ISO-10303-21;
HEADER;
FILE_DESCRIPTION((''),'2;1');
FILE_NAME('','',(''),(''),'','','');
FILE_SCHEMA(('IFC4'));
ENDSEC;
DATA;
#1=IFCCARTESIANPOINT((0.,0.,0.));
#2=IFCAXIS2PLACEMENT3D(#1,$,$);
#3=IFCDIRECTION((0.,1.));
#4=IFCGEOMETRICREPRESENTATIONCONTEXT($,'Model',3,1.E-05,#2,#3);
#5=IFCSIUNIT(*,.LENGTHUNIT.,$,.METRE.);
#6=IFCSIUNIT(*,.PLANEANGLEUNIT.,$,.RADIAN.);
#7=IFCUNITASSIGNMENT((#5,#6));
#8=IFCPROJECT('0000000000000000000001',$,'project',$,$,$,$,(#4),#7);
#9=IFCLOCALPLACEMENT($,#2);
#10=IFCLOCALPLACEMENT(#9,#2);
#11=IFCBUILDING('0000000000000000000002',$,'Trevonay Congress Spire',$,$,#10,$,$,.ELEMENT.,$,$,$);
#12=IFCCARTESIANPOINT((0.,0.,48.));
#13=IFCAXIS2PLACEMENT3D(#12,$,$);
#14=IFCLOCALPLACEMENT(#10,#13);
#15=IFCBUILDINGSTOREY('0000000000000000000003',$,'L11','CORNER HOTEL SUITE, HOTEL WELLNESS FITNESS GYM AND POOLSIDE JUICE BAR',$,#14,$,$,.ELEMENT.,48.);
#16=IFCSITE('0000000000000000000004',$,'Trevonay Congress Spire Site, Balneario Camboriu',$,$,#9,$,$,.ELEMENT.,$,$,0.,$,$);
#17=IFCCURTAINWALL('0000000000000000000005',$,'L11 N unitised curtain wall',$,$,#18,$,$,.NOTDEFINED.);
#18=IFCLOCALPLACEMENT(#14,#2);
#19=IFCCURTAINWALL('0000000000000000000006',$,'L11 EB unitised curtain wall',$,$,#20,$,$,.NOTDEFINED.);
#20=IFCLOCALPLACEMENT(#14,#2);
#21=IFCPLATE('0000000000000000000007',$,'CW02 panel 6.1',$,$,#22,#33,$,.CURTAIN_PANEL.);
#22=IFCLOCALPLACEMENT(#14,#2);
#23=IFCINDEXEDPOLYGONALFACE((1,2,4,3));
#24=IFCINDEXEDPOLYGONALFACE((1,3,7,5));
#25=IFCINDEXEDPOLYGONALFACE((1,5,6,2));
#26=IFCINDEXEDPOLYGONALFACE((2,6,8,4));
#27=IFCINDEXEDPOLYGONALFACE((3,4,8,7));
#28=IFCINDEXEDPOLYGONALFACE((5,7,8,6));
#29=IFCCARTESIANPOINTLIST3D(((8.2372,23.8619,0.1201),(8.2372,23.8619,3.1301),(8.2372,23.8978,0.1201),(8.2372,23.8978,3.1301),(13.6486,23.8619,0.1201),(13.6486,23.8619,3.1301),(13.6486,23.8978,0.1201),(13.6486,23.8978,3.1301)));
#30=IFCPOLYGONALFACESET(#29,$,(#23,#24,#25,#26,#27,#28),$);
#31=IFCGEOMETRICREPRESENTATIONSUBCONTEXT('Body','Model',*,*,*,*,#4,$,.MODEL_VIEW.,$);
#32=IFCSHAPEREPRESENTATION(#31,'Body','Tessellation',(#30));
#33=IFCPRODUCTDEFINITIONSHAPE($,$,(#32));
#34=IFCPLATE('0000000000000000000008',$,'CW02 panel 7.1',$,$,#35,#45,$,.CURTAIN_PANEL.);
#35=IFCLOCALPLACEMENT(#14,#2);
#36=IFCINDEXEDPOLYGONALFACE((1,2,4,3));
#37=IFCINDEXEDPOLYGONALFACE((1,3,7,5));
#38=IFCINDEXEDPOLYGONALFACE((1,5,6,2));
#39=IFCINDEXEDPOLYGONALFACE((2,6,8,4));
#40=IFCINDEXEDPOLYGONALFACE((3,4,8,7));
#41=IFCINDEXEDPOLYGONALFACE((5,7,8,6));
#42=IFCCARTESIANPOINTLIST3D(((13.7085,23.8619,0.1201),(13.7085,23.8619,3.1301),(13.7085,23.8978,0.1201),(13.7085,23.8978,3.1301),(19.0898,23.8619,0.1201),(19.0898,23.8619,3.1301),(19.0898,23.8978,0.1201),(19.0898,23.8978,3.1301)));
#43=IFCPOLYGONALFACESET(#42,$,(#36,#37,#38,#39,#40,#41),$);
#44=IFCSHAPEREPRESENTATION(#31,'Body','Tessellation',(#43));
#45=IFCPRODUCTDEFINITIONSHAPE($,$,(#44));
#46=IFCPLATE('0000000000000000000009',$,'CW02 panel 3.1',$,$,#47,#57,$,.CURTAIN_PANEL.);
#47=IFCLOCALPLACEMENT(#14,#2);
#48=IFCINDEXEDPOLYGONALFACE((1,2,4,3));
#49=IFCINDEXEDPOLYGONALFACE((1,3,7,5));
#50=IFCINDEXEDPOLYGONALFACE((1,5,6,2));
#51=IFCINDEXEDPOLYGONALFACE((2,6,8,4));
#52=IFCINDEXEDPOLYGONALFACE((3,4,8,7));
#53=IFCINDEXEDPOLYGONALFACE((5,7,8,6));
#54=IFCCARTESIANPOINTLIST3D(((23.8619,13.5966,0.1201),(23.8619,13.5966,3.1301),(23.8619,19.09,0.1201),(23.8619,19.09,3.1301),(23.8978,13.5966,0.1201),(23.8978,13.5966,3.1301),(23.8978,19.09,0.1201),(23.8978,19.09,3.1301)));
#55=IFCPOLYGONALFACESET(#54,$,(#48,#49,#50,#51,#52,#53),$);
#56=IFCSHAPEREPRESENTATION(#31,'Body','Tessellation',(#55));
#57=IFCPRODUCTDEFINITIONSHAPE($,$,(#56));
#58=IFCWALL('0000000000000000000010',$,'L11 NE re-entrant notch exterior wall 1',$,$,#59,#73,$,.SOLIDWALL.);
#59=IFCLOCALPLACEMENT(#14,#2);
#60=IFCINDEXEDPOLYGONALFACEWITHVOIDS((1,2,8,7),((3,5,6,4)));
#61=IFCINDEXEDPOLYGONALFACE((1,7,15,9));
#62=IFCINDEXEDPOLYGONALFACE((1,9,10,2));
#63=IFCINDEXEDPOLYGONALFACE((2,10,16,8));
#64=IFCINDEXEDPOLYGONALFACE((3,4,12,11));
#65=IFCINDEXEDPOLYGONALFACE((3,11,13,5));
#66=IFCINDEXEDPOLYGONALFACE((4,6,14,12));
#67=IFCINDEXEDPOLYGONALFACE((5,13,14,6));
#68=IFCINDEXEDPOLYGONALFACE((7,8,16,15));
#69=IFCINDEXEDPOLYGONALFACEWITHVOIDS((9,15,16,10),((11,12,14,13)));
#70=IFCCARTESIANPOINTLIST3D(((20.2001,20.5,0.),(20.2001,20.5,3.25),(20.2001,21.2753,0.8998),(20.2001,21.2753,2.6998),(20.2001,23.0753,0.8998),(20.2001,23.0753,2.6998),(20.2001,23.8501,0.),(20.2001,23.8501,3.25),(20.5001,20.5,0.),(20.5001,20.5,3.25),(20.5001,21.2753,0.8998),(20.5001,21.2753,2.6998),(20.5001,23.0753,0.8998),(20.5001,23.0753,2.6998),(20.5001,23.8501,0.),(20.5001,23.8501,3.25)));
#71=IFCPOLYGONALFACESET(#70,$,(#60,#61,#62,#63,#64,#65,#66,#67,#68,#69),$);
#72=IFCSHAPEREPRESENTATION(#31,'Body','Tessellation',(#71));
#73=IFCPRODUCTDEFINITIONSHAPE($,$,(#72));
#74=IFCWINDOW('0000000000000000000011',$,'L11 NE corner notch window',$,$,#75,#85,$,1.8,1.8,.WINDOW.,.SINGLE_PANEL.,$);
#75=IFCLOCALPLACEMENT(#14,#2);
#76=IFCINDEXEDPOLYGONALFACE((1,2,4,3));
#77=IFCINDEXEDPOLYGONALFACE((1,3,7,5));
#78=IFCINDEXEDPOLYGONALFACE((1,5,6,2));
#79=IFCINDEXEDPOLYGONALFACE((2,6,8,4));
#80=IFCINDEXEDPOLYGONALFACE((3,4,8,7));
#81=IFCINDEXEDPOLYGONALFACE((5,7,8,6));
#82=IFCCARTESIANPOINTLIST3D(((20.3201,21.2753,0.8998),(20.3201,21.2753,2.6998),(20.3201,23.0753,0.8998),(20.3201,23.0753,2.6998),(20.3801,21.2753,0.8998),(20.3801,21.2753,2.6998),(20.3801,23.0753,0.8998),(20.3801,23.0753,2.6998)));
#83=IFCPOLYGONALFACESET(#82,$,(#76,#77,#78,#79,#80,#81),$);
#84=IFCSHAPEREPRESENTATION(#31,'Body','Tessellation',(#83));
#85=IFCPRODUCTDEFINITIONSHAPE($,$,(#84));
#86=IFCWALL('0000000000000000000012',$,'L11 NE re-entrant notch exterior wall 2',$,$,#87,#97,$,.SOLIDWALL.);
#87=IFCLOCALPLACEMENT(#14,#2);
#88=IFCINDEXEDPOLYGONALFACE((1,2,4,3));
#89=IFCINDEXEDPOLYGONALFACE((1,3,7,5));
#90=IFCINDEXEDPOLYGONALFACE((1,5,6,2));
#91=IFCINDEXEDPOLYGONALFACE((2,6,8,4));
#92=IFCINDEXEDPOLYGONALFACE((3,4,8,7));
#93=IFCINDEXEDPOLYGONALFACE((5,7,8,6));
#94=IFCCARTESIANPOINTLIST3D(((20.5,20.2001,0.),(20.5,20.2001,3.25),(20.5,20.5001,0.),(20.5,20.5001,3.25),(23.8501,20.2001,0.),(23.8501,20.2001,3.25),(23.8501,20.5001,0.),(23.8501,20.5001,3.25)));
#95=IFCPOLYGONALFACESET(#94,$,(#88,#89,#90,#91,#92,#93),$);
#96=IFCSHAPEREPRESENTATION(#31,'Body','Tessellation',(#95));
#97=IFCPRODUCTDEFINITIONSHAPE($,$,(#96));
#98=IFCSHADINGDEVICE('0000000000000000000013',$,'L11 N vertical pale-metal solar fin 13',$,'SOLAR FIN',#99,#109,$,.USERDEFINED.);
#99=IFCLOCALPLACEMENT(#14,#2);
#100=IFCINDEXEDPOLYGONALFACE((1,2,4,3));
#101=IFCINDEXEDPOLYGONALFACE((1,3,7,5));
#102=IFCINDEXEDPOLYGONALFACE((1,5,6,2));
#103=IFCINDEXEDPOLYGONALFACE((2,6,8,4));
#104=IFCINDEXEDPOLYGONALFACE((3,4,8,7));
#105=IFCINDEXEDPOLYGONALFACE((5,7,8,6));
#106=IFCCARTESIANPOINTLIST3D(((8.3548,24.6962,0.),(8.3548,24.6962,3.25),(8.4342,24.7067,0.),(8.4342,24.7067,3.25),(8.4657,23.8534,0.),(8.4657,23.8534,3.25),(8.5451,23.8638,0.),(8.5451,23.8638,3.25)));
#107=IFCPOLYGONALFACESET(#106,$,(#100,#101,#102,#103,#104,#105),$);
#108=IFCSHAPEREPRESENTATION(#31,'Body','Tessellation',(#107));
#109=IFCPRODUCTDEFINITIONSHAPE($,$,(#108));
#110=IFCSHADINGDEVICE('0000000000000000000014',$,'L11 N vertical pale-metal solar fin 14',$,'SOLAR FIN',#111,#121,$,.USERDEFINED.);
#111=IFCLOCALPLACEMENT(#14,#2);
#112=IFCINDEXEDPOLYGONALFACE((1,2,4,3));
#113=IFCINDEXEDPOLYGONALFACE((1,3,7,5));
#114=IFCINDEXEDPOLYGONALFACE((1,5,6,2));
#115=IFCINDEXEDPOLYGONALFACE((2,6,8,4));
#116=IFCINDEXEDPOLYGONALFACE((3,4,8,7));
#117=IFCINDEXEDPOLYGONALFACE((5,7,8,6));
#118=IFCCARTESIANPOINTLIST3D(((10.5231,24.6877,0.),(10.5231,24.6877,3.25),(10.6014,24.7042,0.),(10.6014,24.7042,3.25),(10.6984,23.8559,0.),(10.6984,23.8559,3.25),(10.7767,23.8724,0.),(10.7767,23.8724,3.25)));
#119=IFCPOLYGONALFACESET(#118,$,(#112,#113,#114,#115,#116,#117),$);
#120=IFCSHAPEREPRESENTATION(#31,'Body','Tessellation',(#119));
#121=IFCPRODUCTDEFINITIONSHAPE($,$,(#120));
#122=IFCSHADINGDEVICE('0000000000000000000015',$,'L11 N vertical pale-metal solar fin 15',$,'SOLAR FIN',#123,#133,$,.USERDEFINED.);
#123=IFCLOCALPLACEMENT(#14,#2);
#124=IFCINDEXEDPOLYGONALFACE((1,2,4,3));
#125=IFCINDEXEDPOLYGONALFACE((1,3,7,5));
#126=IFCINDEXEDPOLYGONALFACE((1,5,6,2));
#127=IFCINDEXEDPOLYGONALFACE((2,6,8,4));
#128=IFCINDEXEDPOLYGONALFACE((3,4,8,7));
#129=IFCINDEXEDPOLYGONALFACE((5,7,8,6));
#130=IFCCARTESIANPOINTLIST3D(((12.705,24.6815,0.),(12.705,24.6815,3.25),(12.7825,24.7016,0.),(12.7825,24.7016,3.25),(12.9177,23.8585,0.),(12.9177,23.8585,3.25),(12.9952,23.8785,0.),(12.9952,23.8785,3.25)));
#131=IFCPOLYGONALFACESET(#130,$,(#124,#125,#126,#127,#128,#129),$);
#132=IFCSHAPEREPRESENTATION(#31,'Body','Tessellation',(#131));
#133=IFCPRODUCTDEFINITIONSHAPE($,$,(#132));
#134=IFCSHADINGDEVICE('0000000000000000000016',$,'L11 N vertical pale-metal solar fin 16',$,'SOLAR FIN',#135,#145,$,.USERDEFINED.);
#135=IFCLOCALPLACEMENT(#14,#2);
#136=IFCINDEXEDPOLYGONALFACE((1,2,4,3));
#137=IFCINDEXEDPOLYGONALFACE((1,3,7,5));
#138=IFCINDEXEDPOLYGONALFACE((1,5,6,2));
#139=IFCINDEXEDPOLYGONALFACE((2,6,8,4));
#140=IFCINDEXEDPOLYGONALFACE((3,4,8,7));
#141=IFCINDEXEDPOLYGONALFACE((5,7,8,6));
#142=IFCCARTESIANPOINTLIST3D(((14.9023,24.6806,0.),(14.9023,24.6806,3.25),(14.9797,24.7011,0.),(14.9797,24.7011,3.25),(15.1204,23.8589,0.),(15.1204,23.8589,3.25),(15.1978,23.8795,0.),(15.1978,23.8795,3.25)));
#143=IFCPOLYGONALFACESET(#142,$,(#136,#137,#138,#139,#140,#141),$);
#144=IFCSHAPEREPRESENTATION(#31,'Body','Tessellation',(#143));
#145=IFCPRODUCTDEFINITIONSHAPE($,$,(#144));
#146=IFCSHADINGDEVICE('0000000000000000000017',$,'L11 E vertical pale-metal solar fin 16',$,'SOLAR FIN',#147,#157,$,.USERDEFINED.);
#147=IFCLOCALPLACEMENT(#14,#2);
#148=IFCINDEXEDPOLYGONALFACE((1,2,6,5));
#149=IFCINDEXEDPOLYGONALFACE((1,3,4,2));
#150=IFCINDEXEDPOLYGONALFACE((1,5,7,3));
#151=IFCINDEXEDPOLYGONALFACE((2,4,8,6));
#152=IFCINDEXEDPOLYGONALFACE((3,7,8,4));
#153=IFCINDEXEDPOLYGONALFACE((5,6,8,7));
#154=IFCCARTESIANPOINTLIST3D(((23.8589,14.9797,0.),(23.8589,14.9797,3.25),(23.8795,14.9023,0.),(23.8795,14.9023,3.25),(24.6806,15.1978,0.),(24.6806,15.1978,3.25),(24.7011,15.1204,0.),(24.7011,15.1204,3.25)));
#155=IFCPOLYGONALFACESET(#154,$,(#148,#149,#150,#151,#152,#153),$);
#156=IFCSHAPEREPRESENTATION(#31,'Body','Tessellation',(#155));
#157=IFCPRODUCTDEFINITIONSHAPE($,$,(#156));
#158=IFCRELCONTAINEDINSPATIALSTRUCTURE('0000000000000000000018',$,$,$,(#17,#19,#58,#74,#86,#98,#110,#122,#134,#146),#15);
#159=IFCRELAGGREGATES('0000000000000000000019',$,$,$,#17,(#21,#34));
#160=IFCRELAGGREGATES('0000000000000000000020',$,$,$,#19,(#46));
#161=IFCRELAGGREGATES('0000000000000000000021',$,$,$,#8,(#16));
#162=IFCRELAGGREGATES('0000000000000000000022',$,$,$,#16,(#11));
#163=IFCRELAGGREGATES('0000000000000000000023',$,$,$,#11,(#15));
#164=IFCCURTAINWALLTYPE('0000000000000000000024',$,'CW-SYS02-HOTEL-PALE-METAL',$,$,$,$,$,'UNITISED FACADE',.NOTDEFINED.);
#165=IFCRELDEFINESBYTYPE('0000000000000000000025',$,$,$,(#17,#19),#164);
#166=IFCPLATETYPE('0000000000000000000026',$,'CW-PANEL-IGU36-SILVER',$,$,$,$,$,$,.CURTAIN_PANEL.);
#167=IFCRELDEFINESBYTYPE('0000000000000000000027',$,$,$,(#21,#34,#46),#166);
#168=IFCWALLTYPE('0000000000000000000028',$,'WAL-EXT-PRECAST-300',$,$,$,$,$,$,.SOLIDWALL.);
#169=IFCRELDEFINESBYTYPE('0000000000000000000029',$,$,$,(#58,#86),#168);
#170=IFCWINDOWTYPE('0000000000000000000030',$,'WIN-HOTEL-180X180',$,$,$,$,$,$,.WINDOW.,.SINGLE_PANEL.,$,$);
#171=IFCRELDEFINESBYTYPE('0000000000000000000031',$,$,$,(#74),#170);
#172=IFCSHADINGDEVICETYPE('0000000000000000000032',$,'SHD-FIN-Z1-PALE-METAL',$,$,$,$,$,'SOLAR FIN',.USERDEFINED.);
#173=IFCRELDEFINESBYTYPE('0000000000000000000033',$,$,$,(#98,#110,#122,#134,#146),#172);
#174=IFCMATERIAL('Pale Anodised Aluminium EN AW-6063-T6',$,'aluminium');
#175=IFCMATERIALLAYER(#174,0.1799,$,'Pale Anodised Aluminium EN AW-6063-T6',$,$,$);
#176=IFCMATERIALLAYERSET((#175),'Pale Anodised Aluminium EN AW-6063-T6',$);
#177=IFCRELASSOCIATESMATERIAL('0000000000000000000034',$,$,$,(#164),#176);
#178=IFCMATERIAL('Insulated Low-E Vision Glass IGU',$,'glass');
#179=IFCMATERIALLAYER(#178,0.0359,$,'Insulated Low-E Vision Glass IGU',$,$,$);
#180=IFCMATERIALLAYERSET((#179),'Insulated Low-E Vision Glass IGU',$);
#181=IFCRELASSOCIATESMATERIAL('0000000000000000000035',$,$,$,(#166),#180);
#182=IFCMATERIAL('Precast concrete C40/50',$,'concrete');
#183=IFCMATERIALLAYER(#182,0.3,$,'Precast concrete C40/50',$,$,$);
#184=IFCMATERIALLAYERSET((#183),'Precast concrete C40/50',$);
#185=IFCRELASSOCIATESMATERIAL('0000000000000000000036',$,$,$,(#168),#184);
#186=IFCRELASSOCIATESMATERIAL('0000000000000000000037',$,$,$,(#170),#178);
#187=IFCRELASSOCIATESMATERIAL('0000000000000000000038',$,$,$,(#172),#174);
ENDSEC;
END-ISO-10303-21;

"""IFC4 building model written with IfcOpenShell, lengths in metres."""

from ifc_helpers import new_model, si_unit, direction, frame, frame_2d, origin, origin_2d, place, context, subcontext, project, spatial, rectangle, extrude, material, layer, layer_set, type_object, element, fill, aggregate, save


model = new_model("IFC4")

# Units and contexts
model_context = context("Model", 3, precision=1e-05, world=origin(), true_north=direction((0.0, 1.0)))
body_context = subcontext(model_context, "Body", "Model", "MODEL_VIEW")
ifc_project = project(units=[si_unit("LENGTHUNIT", "METRE"), si_unit("PLANEANGLEUNIT", "RADIAN")], contexts=[model_context])

# Site, building, storey
site_placement = place(None, origin())
site = spatial("IfcSite", under=ifc_project, at=site_placement, Name="Trevonay Congress Spire Site, Balneario Camboriu", CompositionType="ELEMENT", RefElevation=0.0)
building_placement = place(site_placement, origin())
building = spatial("IfcBuilding", under=site, at=building_placement, Name="Trevonay Congress Spire", CompositionType="ELEMENT")
storey_placement = place(building_placement, frame((0.0, 0.0, 48.0)))
storey = spatial("IfcBuildingStorey", under=building, at=storey_placement, Name="L11", Description="CORNER HOTEL SUITE, HOTEL WELLNESS FITNESS GYM AND POOLSIDE JUICE BAR", CompositionType="ELEMENT", Elevation=48.0)

# Curtain walls
ifc_material_1 = material(Name="Pale Anodised Aluminium EN AW-6063-T6", Category="aluminium")
ifc_layer_1 = layer(ifc_material_1, 0.1799, Name="Pale Anodised Aluminium EN AW-6063-T6")
ifc_layer_set_1 = layer_set([ifc_layer_1], Name="Pale Anodised Aluminium EN AW-6063-T6")
curtain_wall_type = type_object("IfcCurtainWallType", Name="CW-SYS02-HOTEL-PALE-METAL", ElementType="UNITISED FACADE", PredefinedType="NOTDEFINED", material=ifc_layer_set_1)
curtain_wall_1_placement = place(storey_placement, origin())
curtain_wall_1 = element("IfcCurtainWall", 1, at=curtain_wall_1_placement, inside=storey, type_object=curtain_wall_type, Name="L11 N unitised curtain wall", PredefinedType="NOTDEFINED")
curtain_wall_2_placement = place(storey_placement, origin())
curtain_wall_2 = element("IfcCurtainWall", 2, at=curtain_wall_2_placement, inside=storey, type_object=curtain_wall_type, Name="L11 EB unitised curtain wall", PredefinedType="NOTDEFINED")

# Plates
ifc_material_2 = material(Name="Insulated Low-E Vision Glass IGU", Category="glass")
ifc_layer_2 = layer(ifc_material_2, 0.0359, Name="Insulated Low-E Vision Glass IGU")
ifc_layer_set_2 = layer_set([ifc_layer_2], Name="Insulated Low-E Vision Glass IGU")
plate_type = type_object("IfcPlateType", Name="CW-PANEL-IGU36-SILVER", PredefinedType="CURTAIN_PANEL", material=ifc_layer_set_2)
plate_1_placement = place(storey_placement, frame((10.9429, 23.8799, 0.1201), z_axis=(0.0, 0.0, 1.0), x_axis=(1.0, 0.0, 0.0)))
plate_1 = element("IfcPlate", 3, at=plate_1_placement, type_object=plate_type, Name="CW02 panel 6.1", PredefinedType="CURTAIN_PANEL", context=body_context, shape_type="SweptSolid", body=[
    extrude(rectangle(XDim=5.4114, YDim=0.0359, at=origin_2d()), origin(), (0.0, 0.0, 1.0), 3.01),
])
plate_2_placement = place(storey_placement, frame((16.3992, 23.8799, 0.1201), z_axis=(0.0, 0.0, 1.0), x_axis=(1.0, 0.0, 0.0)))
plate_2 = element("IfcPlate", 4, at=plate_2_placement, type_object=plate_type, Name="CW02 panel 7.1", PredefinedType="CURTAIN_PANEL", context=body_context, shape_type="SweptSolid", body=[
    extrude(rectangle(XDim=5.3813, YDim=0.0359, at=origin_2d()), origin(), (0.0, 0.0, 1.0), 3.01),
])
aggregate(curtain_wall_1, [plate_1, plate_2])
plate_3_placement = place(storey_placement, frame((23.8799, 16.3433, 0.1201), z_axis=(0.0, 0.0, 1.0), x_axis=(0.0, 1.0, 0.0)))
plate_3 = element("IfcPlate", 5, at=plate_3_placement, type_object=plate_type, Name="CW02 panel 3.1", PredefinedType="CURTAIN_PANEL", context=body_context, shape_type="SweptSolid", body=[
    extrude(rectangle(XDim=5.4934, YDim=0.0359, at=origin_2d()), origin(), (0.0, 0.0, 1.0), 3.01),
])
aggregate(curtain_wall_2, [plate_3])

# Wall, opening, window
ifc_material_3 = material(Name="Precast concrete C40/50", Category="concrete")
ifc_layer_3 = layer(ifc_material_3, 0.3, Name="Precast concrete C40/50")
ifc_layer_set_3 = layer_set([ifc_layer_3], Name="Precast concrete C40/50")
wall_type = type_object("IfcWallType", Name="WAL-EXT-PRECAST-300", PredefinedType="SOLIDWALL", material=ifc_layer_set_3)
wall_1_placement = place(storey_placement, frame((20.3501, 23.8501, 0.0), z_axis=(0.0, 0.0, 1.0), x_axis=(0.0, -1.0, 0.0)))
wall_1 = element("IfcWall", 6, at=wall_1_placement, inside=storey, type_object=wall_type, Name="L11 NE re-entrant notch exterior wall 1", PredefinedType="SOLIDWALL", context=body_context, shape_type="SweptSolid", body=[
    extrude(rectangle(XDim=3.3501, YDim=0.3, at=frame_2d((1.675, 0.0))), origin(), (0.0, 0.0, 1.0), 3.25),
])
opening_placement = place(wall_1_placement, frame((0.7749, 0.0, 0.8999)))
opening = element("IfcOpeningElement", 7, at=opening_placement, cuts=wall_1, PredefinedType="OPENING", context=body_context, shape_type="SweptSolid", body=[
    extrude(rectangle(XDim=1.8, YDim=1.8, at=frame_2d((0.8999, 0.8999))), frame((0.0, 0.1602, 0.0), z_axis=(0.0, -1.0, 0.0), x_axis=(1.0, 0.0, 0.0)), (0.0, 0.0, 1.0), 0.3201),
])
window_type = type_object("IfcWindowType", Name="WIN-HOTEL-180X180", PartitioningType="SINGLE_PANEL", PredefinedType="WINDOW", material=ifc_material_2)
window_placement = place(opening_placement, origin())
window = element("IfcWindow", 8, at=window_placement, inside=storey, type_object=window_type, Name="L11 NE corner notch window", OverallHeight=1.8, OverallWidth=1.8, PartitioningType="SINGLE_PANEL", PredefinedType="WINDOW", context=body_context, shape_type="SweptSolid", body=[
    extrude(rectangle(XDim=1.8, YDim=1.8, at=frame_2d((0.8999, 0.8999))), frame((0.0, 0.03, 0.0), z_axis=(0.0, -1.0, 0.0), x_axis=(1.0, 0.0, 0.0)), (0.0, 0.0, 1.0), 0.0601),
])
fill(opening, window)

# Wall
wall_2_placement = place(storey_placement, frame((23.8501, 20.3501, 0.0), z_axis=(0.0, 0.0, 1.0), x_axis=(-1.0, 0.0, 0.0)))
element("IfcWall", 9, at=wall_2_placement, inside=storey, type_object=wall_type, Name="L11 NE re-entrant notch exterior wall 2", PredefinedType="SOLIDWALL", context=body_context, shape_type="SweptSolid", body=[
    extrude(rectangle(XDim=3.3501, YDim=0.3, at=frame_2d((1.675, 0.0))), origin(), (0.0, 0.0, 1.0), 3.25),
])

# Shading devices
shading_device_type = type_object("IfcShadingDeviceType", Name="SHD-FIN-Z1-PALE-METAL", ElementType="SOLAR FIN", PredefinedType="USERDEFINED", material=ifc_material_1)
for number, where, z_axis, x_axis, name in (
    (10, (8.45, 24.28, 0.0), (0.0, 0.0, 1.0), (0.991445, 0.130526, 0.0), "L11 N vertical pale-metal solar fin 13"),
    (11, (10.6499, 24.28, 0.0), (0.0, 0.0, 1.0), (0.978509, 0.206204, 0.0), "L11 N vertical pale-metal solar fin 14"),
    (12, (12.8501, 24.28, 0.0), (0.0, 0.0, 1.0), (0.968191, 0.250211, 0.0), "L11 N vertical pale-metal solar fin 15"),
    (13, (15.05, 24.28, 0.0), (0.0, 0.0, 1.0), (0.966511, 0.256627, 0.0), "L11 N vertical pale-metal solar fin 16"),
    (14, (24.28, 15.05, 0.0), (0.0, 0.0, 1.0), (-0.256627, 0.966511, 0.0), "L11 E vertical pale-metal solar fin 16"),
):
    element("IfcShadingDevice", number, at=place(storey_placement, frame(where, z_axis=z_axis, x_axis=x_axis)), inside=storey, type_object=shading_device_type, Name=name, ObjectType="SOLAR FIN", PredefinedType="USERDEFINED", context=body_context, shape_type="SweptSolid", body=[
        extrude(rectangle(XDim=0.0801, YDim=0.8501, at=origin_2d()), origin(), (0.0, 0.0, 1.0), 3.25),
    ])

save(model, "model.ifc")
